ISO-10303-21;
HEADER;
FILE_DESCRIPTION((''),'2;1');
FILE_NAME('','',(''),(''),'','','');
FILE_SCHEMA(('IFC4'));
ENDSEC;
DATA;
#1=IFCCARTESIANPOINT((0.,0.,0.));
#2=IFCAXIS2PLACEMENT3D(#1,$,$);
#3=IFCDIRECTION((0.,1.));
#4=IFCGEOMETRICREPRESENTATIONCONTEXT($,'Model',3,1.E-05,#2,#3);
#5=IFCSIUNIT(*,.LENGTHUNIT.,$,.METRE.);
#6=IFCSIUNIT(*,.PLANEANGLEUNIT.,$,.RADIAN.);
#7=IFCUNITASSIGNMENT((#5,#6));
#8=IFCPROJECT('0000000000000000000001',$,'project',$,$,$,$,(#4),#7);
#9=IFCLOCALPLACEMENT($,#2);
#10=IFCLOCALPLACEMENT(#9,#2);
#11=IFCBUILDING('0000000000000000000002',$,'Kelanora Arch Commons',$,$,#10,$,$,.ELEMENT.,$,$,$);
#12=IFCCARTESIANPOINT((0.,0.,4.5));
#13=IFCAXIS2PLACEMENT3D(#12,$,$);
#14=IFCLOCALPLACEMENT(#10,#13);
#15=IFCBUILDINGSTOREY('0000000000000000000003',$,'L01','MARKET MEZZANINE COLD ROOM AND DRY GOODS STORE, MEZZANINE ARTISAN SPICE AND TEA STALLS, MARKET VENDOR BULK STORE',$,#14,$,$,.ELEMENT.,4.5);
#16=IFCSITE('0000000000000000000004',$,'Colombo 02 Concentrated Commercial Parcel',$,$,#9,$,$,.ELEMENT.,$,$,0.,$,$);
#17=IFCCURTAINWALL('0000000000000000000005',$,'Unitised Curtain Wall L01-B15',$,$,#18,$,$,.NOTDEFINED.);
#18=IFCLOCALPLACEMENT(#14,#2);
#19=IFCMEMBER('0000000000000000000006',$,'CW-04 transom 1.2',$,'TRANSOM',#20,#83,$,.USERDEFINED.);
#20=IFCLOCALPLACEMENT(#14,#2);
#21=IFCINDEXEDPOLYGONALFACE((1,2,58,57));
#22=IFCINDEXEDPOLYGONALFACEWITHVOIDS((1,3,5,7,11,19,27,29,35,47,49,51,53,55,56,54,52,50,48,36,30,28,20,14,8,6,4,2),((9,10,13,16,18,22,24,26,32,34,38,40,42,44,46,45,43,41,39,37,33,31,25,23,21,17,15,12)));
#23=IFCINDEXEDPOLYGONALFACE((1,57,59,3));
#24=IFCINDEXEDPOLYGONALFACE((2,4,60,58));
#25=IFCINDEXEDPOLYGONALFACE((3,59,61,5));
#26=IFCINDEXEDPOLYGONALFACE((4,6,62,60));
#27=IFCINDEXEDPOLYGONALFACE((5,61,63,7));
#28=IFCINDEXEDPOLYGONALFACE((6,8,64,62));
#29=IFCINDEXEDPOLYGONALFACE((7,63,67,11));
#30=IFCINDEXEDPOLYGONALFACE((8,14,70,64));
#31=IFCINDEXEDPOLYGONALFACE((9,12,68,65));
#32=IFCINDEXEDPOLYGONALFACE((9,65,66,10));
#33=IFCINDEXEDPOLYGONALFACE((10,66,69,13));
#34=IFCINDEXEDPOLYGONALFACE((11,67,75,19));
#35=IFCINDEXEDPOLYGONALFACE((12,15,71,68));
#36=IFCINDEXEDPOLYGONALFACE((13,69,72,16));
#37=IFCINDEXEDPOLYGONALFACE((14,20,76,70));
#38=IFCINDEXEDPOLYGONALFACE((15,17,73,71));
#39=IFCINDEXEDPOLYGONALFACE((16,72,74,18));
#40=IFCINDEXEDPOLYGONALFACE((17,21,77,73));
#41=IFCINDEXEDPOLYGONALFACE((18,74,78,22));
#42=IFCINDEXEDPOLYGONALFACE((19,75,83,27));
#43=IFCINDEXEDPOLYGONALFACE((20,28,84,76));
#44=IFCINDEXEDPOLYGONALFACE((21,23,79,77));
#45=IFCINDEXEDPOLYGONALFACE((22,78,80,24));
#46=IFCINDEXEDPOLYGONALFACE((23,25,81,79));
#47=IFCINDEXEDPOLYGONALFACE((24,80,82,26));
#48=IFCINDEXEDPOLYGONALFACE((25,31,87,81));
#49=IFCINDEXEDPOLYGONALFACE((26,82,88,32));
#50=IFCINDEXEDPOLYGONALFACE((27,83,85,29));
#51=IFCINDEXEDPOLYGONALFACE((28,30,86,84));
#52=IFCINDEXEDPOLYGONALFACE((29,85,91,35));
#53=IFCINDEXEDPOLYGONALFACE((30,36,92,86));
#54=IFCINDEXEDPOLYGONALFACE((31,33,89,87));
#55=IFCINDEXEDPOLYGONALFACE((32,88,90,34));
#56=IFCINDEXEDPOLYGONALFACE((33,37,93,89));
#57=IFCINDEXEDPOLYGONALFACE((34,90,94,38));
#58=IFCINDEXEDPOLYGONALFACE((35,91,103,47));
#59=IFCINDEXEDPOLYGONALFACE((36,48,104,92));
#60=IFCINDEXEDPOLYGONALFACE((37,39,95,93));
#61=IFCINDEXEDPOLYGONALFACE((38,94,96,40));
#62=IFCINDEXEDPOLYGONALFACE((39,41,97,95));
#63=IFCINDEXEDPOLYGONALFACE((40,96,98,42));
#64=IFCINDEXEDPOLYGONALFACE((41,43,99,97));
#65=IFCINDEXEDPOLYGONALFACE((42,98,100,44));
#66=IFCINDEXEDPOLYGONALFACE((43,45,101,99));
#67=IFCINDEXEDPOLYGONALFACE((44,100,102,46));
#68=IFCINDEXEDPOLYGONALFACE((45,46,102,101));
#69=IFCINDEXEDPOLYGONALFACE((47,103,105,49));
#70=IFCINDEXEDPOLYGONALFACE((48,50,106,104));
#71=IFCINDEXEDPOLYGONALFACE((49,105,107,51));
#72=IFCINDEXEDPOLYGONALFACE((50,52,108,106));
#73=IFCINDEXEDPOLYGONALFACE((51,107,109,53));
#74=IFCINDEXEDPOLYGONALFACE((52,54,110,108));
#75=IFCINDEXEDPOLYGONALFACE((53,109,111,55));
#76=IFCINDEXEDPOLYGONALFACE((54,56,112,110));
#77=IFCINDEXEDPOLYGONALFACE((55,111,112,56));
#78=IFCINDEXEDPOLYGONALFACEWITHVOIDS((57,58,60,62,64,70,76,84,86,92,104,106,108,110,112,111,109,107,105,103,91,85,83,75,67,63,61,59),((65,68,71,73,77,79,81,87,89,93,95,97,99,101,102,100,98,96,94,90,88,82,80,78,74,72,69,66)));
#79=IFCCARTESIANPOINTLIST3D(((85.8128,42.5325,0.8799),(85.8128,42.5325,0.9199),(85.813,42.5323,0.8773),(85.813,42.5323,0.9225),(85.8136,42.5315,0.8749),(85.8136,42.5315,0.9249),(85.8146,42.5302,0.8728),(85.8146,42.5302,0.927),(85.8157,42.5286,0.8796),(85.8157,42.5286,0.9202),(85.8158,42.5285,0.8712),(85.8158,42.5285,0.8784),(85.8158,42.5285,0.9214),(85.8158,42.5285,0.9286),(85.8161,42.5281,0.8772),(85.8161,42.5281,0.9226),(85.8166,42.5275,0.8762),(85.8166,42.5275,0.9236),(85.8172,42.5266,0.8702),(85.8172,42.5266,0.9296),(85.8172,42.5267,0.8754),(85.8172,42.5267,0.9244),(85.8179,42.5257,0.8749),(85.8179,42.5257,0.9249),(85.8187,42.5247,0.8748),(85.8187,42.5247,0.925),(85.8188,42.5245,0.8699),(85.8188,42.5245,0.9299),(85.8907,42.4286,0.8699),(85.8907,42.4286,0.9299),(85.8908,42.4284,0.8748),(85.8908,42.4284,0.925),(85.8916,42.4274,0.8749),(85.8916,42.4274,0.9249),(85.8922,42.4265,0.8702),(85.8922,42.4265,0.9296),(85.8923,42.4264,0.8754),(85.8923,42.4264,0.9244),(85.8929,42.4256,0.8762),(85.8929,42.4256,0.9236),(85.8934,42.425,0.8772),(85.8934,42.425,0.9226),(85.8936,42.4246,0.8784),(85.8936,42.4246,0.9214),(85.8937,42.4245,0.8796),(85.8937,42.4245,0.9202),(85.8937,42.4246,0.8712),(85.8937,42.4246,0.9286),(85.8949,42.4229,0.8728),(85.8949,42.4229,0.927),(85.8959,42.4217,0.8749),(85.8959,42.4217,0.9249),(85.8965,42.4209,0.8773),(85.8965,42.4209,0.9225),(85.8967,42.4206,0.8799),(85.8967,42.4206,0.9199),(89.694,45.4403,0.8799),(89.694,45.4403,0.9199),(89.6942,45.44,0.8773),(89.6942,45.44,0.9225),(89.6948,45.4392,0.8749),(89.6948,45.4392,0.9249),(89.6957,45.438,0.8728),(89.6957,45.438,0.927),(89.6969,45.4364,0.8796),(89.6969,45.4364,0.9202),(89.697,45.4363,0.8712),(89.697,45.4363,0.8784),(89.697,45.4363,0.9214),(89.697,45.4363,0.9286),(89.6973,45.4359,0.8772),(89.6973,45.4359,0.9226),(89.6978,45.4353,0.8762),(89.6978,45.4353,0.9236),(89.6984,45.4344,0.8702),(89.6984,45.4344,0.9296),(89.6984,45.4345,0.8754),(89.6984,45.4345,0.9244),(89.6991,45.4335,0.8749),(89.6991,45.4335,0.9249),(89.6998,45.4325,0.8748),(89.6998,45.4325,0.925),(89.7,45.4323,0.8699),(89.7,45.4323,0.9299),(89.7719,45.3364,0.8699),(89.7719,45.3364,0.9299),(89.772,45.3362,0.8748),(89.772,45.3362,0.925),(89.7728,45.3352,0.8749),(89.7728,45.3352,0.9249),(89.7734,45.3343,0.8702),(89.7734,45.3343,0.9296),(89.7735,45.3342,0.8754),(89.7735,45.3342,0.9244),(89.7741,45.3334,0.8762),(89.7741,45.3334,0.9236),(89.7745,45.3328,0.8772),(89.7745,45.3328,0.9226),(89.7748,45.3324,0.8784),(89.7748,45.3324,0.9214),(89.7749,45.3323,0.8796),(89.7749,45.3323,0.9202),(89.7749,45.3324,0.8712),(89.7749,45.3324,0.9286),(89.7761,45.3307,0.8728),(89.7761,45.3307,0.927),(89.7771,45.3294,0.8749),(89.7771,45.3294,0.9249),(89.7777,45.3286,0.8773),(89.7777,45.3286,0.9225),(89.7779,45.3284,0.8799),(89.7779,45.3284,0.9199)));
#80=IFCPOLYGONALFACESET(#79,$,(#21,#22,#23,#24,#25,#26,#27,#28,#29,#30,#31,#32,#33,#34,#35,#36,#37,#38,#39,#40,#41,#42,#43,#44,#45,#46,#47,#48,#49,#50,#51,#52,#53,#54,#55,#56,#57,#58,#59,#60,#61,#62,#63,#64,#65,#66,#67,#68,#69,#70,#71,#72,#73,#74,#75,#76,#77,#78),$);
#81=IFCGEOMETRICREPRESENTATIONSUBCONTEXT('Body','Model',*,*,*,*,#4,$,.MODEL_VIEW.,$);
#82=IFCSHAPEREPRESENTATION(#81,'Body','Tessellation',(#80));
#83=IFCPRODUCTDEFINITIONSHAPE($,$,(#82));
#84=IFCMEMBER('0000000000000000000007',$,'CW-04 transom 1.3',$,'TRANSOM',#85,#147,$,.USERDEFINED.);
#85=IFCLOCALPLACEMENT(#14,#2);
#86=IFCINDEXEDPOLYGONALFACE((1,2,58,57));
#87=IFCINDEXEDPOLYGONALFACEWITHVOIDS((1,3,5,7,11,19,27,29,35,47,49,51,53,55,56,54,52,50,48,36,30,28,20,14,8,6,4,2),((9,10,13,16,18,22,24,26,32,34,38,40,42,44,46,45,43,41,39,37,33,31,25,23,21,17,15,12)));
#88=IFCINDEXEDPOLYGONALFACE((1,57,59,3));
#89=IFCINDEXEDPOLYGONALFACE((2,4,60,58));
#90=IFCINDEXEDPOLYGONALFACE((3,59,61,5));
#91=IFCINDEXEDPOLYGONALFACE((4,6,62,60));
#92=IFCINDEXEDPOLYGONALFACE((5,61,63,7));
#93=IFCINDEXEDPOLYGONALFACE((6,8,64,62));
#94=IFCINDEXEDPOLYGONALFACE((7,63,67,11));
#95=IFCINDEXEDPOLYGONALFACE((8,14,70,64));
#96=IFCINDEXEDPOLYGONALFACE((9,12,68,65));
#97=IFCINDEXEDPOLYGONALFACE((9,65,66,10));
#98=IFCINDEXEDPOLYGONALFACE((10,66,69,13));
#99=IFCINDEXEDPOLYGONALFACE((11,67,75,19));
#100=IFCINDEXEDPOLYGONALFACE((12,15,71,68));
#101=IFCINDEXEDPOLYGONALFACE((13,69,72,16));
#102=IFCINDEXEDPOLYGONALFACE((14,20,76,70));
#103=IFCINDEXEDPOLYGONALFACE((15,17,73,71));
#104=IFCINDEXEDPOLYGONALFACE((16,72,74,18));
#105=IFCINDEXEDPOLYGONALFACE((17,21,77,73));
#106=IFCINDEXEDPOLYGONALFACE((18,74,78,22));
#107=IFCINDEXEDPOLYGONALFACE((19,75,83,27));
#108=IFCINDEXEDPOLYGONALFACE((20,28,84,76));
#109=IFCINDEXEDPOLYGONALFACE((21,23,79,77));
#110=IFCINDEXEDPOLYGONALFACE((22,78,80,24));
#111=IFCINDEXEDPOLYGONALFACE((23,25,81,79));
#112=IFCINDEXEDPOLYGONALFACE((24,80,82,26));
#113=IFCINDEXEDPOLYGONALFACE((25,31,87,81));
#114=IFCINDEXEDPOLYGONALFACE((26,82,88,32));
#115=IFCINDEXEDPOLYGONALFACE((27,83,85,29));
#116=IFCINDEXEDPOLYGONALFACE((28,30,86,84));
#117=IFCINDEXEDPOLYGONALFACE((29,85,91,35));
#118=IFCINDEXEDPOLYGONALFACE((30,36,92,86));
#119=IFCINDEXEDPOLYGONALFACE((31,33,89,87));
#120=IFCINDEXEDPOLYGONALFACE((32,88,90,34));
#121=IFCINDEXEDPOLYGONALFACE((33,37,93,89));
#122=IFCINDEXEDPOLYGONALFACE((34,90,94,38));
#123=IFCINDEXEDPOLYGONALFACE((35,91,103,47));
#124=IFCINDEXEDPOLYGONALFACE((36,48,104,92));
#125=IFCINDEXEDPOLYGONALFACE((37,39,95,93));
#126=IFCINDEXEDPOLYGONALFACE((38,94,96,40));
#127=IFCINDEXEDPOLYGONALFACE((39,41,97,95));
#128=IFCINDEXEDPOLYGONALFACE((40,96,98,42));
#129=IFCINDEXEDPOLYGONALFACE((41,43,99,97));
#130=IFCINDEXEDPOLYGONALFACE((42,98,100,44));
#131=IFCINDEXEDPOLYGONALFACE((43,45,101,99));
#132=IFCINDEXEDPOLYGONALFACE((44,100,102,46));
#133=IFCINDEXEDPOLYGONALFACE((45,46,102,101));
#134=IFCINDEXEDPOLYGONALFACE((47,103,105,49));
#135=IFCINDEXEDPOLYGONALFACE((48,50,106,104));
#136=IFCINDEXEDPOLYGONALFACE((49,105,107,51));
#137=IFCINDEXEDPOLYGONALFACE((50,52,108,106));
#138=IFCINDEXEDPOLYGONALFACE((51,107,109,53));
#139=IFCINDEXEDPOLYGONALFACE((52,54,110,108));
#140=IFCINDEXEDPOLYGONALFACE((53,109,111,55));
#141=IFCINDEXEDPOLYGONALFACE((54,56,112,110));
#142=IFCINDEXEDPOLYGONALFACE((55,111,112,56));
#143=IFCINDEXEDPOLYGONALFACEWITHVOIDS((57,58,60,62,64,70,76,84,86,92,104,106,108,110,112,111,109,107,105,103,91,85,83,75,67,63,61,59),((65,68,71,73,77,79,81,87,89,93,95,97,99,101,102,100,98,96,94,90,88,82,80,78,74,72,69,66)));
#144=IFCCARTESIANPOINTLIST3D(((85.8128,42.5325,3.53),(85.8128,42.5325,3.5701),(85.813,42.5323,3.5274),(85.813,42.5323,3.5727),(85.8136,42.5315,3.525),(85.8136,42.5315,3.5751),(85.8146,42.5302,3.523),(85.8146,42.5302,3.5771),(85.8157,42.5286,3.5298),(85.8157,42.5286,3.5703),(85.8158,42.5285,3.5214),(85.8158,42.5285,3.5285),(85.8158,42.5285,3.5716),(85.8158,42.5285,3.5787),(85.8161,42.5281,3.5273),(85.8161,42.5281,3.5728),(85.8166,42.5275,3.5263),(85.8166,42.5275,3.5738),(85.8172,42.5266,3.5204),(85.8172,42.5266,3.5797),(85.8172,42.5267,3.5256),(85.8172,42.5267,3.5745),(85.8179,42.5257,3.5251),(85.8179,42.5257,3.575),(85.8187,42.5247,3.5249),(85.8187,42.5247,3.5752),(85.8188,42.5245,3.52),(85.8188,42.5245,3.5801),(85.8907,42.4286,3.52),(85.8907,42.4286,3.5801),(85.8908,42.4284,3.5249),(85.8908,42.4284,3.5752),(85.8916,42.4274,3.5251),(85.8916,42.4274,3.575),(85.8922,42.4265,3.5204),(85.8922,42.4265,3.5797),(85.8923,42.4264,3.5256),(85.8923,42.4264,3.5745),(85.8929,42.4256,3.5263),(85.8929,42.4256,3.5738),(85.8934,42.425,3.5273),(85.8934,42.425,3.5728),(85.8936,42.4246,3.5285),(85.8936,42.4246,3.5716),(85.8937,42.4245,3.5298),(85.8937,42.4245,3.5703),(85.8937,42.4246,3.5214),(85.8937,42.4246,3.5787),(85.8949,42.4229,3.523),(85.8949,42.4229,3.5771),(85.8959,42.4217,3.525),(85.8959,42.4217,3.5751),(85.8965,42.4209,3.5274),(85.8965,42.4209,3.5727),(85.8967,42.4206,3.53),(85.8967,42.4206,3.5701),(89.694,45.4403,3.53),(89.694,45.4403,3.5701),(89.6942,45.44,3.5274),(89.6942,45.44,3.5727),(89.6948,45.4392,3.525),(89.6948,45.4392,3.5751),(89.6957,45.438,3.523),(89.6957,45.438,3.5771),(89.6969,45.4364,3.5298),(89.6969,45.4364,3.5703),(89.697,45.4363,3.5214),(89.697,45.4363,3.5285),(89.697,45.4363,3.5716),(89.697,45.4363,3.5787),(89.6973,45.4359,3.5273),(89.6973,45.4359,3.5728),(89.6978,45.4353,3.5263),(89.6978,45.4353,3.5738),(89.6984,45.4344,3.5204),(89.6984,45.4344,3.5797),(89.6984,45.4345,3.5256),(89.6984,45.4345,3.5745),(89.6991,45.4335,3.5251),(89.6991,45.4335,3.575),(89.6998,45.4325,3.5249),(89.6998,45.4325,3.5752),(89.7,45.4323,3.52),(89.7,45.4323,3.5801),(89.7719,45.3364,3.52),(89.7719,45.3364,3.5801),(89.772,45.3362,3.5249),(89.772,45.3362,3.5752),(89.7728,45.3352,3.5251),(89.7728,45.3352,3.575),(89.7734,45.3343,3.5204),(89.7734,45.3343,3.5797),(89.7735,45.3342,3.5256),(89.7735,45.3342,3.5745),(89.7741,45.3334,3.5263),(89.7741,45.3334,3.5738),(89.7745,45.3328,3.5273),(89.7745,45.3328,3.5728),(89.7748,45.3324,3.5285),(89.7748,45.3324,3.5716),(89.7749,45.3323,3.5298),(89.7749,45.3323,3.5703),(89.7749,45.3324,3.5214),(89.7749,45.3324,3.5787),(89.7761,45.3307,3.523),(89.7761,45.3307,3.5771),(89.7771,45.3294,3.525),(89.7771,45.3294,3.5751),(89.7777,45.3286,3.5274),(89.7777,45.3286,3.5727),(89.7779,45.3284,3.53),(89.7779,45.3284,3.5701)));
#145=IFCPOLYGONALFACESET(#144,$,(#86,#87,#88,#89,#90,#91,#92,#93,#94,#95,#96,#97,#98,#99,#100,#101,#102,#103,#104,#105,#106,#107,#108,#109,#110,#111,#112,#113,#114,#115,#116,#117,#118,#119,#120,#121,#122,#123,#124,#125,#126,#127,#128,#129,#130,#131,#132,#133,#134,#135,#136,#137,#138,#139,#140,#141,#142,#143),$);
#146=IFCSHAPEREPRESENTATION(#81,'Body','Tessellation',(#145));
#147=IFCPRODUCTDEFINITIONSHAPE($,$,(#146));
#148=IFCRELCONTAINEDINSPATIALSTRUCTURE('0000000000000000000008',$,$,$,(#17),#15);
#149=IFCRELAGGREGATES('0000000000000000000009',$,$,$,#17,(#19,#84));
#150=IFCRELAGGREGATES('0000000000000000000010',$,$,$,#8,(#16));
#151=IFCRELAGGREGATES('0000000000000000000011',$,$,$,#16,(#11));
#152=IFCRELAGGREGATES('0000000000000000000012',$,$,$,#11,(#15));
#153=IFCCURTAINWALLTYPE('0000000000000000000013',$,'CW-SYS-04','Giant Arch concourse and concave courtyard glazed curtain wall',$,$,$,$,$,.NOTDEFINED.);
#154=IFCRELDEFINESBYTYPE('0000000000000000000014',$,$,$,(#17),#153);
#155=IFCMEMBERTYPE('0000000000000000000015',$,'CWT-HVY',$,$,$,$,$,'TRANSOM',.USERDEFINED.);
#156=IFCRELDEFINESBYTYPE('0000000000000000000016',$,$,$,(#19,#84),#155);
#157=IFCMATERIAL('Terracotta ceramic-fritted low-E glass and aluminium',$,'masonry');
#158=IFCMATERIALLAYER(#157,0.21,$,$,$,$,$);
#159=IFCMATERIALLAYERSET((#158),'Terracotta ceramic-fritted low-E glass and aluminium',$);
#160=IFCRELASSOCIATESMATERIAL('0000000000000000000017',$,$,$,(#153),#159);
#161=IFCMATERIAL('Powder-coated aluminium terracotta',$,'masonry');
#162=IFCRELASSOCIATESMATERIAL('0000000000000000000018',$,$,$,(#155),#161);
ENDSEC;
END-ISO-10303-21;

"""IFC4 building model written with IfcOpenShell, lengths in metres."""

from ifc_helpers import new_model, si_unit, direction, frame, origin, origin_2d, place, context, subcontext, project, spatial, hollow_rectangle, extrude, material, layer, layer_set, material_profile, profile_set, type_object, element, aggregate, save


model = new_model("IFC4")

# Units and contexts
model_context = context("Model", 3, precision=1e-05, world=origin(), true_north=direction((0.0, 1.0)))
body_context = subcontext(model_context, "Body", "Model", "MODEL_VIEW")
ifc_project = project(units=[si_unit("LENGTHUNIT", "METRE"), si_unit("PLANEANGLEUNIT", "RADIAN")], contexts=[model_context])

# Site, building, storey
site_placement = place(None, origin())
site = spatial("IfcSite", under=ifc_project, at=site_placement, Name="Colombo 02 Concentrated Commercial Parcel", CompositionType="ELEMENT", RefElevation=0.0)
building_placement = place(site_placement, origin())
building = spatial("IfcBuilding", under=site, at=building_placement, Name="Kelanora Arch Commons", CompositionType="ELEMENT")
storey_placement = place(building_placement, frame((0.0, 0.0, 4.5)))
storey = spatial("IfcBuildingStorey", under=building, at=storey_placement, Name="L01", Description="MARKET MEZZANINE COLD ROOM AND DRY GOODS STORE, MEZZANINE ARTISAN SPICE AND TEA STALLS, MARKET VENDOR BULK STORE", CompositionType="ELEMENT", Elevation=4.5)

# Shared definitions
ifc_material_1 = material(Name="Terracotta ceramic-fritted low-E glass and aluminium", Category="masonry")
ifc_layer_1 = layer(ifc_material_1, 0.21)
ifc_layer_set_1 = layer_set([ifc_layer_1], Name="Terracotta ceramic-fritted low-E glass and aluminium")
curtain_wall_type = type_object("IfcCurtainWallType", Name="CW-SYS-04", Description="Giant Arch concourse and concave courtyard glazed curtain wall", PredefinedType="NOTDEFINED", material=ifc_layer_set_1)
ifc_material_2 = material(Name="Powder-coated aluminium terracotta", Category="masonry")

# Curtain wall
curtain_wall_1_placement = place(storey_placement, origin())
curtain_wall_1 = element("IfcCurtainWall", 1, at=curtain_wall_1_placement, inside=storey, type_object=curtain_wall_type, Name="Unitised Curtain Wall L01-B15", PredefinedType="NOTDEFINED")

# Members
ifc_material_profile_1 = material_profile(ifc_material_2, hollow_rectangle(XDim=0.1399, YDim=0.0601, WallThickness=0.0049, InnerFilletRadius=0.0049, OuterFilletRadius=0.01, at=origin_2d()), Name="CWT140x60")
ifc_profile_set_1 = profile_set([ifc_material_profile_1], Name="Powder-coated aluminium terracotta")
member_type_1 = type_object("IfcMemberType", Name="CWT-HVY", ElementType="TRANSOM", PredefinedType="USERDEFINED", material=ifc_profile_set_1)
member_1_placement = place(storey_placement, frame((85.8547, 42.4766, 0.8999), z_axis=(0.800308, 0.599589, 0.0), x_axis=(-0.599589, 0.800308, 0.0)))
member_1 = element("IfcMember", 2, at=member_1_placement, type_object=member_type_1, Name="CW-04 transom 1.2", ObjectType="TRANSOM", PredefinedType="USERDEFINED", context=body_context, shape_type="SweptSolid", body=[
    extrude(hollow_rectangle(XDim=0.1399, YDim=0.0601, WallThickness=0.0049, InnerFilletRadius=0.0049, OuterFilletRadius=0.01, at=origin_2d()), origin(), (0.0, 0.0, 1.0), 4.8496),
])
member_2_placement = place(storey_placement, frame((85.8547, 42.4766, 3.55), z_axis=(0.800308, 0.599589, 0.0), x_axis=(-0.599589, 0.800308, 0.0)))
member_2 = element("IfcMember", 3, at=member_2_placement, type_object=member_type_1, Name="CW-04 transom 1.3", ObjectType="TRANSOM", PredefinedType="USERDEFINED", context=body_context, shape_type="SweptSolid", body=[
    extrude(hollow_rectangle(XDim=0.1399, YDim=0.0601, WallThickness=0.0049, InnerFilletRadius=0.0049, OuterFilletRadius=0.01, at=origin_2d()), origin(), (0.0, 0.0, 1.0), 4.8496),
])

aggregate(curtain_wall_1, [member_1, member_2])

save(model, "model.ifc")
